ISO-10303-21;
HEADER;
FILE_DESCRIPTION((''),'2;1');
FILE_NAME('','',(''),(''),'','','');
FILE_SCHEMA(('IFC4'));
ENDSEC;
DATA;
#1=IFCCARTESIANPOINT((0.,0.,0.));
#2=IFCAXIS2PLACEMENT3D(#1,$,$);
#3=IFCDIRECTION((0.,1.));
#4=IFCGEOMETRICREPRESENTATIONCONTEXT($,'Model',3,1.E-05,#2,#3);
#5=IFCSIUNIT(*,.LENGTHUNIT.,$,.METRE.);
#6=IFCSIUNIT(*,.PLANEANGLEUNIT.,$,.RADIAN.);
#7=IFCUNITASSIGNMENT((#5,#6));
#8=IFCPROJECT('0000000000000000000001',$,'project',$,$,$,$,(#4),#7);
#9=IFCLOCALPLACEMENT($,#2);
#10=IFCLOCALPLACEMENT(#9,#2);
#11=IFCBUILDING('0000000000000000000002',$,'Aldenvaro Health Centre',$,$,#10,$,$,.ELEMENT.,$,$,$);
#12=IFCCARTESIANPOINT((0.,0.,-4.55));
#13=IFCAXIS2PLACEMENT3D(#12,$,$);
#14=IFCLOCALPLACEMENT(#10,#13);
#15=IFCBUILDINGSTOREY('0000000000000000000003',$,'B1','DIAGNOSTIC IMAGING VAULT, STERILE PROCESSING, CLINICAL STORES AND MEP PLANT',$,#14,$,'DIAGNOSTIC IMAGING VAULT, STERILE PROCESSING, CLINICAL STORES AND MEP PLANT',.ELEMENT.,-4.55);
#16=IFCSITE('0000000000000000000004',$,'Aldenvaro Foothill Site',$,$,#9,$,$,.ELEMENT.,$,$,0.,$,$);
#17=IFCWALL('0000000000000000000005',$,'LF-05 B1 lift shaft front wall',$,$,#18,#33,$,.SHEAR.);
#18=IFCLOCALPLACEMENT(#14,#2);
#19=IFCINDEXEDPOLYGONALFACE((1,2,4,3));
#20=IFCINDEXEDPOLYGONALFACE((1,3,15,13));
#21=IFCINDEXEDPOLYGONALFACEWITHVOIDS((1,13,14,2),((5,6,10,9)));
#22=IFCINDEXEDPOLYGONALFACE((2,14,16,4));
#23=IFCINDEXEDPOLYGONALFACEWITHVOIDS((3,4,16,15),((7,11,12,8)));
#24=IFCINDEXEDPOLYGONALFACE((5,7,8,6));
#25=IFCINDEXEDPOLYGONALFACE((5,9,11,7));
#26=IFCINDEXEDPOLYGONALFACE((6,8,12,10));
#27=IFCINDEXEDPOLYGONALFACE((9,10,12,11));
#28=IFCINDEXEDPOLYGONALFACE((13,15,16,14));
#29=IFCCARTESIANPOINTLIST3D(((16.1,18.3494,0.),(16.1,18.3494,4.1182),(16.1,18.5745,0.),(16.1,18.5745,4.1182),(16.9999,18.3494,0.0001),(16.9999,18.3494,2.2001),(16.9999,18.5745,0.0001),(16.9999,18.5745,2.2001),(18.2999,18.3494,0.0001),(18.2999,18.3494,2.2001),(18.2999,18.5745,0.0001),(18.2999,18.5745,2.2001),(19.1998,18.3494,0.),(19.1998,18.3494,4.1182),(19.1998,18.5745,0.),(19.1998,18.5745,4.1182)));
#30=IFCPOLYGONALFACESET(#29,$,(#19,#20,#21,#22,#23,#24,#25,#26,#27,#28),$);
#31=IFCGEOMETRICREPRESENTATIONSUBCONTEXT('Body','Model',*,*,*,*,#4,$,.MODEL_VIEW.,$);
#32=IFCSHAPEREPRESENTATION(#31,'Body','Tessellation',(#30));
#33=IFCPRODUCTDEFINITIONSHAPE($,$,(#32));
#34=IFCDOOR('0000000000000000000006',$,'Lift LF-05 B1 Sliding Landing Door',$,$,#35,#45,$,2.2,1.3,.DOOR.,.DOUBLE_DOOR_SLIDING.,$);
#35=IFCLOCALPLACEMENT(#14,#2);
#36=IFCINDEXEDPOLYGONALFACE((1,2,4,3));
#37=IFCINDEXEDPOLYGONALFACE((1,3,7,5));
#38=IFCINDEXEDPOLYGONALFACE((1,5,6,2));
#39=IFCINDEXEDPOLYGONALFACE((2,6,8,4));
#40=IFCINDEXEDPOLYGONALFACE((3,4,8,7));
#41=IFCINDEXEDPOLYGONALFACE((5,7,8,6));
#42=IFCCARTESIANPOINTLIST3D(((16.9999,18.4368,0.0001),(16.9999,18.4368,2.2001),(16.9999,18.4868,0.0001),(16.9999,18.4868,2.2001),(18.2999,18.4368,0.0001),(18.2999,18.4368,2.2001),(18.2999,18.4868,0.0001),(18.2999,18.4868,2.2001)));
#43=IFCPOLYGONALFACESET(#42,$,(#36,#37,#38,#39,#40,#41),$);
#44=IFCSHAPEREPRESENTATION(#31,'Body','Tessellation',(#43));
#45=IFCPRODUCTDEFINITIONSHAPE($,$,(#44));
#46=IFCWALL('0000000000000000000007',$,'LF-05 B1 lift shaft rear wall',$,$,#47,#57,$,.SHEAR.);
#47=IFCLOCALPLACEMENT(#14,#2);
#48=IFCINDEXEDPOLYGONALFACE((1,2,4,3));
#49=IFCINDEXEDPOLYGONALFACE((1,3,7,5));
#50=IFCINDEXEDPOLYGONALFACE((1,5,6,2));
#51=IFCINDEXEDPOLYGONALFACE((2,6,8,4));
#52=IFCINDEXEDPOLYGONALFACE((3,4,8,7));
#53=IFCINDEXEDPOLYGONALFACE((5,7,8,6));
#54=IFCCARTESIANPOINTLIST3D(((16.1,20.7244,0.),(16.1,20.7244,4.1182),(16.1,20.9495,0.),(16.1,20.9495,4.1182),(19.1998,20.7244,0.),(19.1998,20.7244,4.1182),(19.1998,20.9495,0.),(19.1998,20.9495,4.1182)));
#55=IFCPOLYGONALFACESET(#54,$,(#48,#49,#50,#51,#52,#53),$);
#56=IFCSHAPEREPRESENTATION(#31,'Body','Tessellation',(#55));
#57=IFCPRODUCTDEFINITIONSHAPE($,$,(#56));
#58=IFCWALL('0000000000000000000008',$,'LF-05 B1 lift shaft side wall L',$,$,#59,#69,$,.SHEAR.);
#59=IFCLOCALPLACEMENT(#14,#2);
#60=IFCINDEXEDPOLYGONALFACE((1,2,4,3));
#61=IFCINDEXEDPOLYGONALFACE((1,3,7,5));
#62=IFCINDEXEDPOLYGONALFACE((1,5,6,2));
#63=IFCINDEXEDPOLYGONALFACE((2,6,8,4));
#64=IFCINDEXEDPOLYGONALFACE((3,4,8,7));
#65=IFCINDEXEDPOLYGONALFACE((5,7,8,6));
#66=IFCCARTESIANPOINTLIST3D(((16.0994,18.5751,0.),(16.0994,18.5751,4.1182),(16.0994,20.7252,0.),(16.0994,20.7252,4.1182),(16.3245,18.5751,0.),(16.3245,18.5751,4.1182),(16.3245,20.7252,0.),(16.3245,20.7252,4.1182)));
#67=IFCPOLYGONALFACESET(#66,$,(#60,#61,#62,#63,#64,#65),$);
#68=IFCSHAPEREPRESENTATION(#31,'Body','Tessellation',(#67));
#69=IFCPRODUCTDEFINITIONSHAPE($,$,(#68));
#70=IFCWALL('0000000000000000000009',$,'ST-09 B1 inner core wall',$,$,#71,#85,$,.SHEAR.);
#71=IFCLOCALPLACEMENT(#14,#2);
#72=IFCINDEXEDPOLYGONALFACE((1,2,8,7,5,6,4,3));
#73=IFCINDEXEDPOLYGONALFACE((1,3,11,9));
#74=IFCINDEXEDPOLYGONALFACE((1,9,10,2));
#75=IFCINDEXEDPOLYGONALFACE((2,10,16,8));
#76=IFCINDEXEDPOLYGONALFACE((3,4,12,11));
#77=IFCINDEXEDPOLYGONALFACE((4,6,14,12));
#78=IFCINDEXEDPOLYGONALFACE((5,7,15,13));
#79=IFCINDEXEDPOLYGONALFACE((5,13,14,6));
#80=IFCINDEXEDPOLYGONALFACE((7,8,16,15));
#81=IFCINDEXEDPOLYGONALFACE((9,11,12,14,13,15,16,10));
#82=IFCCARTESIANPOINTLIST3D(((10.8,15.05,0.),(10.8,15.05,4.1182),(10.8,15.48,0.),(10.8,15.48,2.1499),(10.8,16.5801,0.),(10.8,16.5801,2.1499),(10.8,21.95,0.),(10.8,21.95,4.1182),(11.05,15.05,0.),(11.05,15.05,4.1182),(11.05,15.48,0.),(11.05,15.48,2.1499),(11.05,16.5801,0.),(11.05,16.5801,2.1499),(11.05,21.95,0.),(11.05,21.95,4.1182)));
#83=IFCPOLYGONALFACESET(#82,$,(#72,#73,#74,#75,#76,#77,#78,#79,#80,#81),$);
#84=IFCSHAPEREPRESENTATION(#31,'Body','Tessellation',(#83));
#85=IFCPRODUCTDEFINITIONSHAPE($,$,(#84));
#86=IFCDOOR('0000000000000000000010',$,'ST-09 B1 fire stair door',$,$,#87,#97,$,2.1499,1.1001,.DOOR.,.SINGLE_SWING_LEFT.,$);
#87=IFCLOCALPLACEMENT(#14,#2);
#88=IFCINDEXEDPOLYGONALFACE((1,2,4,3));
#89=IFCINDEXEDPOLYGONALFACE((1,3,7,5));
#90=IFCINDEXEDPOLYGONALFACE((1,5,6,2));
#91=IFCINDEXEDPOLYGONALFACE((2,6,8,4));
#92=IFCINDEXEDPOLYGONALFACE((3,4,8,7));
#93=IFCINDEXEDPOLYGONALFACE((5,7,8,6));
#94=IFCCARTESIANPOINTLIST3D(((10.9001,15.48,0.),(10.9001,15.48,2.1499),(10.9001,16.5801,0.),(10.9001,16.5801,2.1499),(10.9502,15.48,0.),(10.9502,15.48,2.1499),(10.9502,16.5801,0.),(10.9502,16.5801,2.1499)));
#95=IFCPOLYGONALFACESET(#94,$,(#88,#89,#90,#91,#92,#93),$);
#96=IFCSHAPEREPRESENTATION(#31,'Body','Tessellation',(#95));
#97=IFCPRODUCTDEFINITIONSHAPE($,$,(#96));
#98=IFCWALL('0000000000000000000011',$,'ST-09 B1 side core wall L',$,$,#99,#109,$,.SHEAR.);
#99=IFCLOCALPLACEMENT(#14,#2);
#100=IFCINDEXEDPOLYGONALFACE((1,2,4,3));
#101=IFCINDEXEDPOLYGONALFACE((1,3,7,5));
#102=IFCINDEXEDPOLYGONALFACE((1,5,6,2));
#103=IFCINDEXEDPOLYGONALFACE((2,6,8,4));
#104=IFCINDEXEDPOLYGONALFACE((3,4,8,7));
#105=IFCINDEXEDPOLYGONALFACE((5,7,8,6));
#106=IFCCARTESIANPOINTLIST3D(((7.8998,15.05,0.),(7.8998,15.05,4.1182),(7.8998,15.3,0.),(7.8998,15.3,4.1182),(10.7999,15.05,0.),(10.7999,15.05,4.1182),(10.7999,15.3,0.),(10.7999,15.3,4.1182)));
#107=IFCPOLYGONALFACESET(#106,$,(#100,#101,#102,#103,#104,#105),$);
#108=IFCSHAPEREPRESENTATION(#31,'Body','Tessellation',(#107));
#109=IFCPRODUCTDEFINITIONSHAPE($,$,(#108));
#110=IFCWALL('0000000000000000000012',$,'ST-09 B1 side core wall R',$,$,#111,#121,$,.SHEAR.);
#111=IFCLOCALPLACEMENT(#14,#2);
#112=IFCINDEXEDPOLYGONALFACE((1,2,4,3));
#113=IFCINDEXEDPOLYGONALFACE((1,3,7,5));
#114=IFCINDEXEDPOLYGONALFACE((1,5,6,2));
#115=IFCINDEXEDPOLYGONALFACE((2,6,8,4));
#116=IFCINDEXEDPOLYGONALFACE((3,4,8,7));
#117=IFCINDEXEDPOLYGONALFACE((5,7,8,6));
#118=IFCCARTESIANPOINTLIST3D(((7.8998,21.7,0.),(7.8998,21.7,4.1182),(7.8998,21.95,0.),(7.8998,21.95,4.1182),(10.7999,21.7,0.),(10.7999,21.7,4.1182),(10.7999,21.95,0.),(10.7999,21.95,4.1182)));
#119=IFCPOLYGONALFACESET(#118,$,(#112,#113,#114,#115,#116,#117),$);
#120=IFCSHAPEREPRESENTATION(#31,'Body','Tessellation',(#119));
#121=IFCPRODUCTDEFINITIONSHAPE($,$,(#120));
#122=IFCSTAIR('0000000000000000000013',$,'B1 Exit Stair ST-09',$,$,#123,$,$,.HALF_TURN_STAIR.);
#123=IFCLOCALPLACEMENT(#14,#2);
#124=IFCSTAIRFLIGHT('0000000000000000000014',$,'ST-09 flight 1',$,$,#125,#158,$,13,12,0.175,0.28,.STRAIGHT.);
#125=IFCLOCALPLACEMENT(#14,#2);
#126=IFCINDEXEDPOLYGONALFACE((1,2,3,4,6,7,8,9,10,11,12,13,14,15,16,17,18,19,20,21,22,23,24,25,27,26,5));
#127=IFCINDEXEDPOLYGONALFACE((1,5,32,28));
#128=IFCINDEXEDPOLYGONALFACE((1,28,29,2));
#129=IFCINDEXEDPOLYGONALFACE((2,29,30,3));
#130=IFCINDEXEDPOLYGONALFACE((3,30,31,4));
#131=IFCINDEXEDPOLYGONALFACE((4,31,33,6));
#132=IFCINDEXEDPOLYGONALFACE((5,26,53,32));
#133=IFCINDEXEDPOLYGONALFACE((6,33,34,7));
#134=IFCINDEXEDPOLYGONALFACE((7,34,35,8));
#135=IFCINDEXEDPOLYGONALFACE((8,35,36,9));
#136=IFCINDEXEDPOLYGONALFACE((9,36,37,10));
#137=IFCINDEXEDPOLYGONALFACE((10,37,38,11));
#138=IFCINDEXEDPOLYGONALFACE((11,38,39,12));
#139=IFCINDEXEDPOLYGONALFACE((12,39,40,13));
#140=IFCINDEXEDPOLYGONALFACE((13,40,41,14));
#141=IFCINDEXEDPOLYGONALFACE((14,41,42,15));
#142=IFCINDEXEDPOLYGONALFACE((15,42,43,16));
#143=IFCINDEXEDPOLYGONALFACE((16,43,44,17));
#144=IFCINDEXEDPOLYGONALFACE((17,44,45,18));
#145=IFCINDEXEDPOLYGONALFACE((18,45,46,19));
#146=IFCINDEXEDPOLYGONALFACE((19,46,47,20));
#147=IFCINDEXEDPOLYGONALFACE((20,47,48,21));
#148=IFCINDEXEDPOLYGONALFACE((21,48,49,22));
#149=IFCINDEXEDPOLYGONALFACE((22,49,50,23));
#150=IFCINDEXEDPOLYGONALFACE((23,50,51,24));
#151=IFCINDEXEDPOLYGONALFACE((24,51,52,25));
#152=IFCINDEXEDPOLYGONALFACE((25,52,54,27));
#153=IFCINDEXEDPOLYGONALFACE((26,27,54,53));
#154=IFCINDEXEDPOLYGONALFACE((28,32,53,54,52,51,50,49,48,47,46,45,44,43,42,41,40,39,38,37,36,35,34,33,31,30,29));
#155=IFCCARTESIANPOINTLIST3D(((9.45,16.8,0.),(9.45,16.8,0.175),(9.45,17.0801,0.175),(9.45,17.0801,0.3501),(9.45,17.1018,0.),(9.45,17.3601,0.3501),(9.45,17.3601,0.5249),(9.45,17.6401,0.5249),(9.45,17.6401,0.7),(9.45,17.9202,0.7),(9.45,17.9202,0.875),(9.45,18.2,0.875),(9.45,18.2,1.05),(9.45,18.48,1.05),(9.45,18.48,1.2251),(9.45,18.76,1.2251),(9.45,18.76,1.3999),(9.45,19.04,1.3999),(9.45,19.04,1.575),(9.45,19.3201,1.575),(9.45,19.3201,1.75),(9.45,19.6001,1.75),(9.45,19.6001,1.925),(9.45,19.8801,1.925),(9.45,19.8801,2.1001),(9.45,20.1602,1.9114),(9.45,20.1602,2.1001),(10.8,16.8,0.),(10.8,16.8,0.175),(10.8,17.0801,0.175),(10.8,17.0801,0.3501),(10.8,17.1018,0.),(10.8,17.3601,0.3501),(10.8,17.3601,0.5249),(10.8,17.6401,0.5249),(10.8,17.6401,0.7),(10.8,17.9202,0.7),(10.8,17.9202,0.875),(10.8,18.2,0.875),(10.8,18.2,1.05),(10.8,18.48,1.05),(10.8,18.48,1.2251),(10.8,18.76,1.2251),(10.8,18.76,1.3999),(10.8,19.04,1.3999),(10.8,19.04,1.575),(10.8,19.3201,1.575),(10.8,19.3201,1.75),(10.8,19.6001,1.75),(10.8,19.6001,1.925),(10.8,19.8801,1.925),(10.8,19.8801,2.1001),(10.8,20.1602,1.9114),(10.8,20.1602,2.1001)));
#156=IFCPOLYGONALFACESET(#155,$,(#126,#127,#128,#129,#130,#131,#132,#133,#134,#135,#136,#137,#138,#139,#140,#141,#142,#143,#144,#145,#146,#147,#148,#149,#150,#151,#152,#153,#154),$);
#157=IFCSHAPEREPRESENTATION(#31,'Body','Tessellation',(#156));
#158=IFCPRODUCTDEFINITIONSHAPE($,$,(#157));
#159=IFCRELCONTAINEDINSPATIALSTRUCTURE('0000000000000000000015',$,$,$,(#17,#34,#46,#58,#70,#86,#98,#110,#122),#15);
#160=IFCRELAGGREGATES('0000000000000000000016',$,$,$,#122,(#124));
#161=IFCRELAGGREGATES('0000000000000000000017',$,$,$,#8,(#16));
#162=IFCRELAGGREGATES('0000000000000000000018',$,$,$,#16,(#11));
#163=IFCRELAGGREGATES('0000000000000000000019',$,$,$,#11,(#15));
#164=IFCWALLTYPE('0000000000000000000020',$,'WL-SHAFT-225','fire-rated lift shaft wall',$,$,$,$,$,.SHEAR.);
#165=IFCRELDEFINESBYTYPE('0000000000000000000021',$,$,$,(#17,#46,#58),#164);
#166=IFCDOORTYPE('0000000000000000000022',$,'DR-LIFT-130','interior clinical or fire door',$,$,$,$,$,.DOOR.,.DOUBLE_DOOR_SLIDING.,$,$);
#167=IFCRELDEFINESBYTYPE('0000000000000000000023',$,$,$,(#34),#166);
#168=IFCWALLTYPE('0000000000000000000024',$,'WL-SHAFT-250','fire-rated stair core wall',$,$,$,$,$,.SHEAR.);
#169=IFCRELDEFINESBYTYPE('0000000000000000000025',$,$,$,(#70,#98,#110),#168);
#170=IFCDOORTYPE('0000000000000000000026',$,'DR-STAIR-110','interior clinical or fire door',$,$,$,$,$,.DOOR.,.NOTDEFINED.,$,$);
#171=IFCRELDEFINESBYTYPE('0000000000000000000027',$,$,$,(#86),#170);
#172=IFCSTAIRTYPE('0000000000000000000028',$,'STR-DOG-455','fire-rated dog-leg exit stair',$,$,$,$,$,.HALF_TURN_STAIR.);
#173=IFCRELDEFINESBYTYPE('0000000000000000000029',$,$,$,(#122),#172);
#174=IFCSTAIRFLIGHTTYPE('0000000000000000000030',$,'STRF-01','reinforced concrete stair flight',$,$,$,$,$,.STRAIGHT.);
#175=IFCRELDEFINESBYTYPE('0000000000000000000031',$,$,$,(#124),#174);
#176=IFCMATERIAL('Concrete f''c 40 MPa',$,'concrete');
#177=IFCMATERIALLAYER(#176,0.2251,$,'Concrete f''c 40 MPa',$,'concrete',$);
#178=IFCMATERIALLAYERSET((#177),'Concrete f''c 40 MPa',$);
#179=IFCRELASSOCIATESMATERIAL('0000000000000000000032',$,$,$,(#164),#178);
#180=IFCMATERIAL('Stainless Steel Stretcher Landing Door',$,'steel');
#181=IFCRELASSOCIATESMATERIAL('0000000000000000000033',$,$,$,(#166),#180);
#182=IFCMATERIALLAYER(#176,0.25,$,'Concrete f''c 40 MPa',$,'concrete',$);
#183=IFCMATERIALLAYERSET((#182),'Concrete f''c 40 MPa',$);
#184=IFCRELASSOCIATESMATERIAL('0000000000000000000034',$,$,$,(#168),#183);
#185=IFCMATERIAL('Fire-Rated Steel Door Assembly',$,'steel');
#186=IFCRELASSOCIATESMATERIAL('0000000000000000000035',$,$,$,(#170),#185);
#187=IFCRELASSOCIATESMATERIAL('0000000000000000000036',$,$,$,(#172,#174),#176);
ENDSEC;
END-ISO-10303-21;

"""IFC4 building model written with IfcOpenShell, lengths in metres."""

from ifc_helpers import new_model, si_unit, direction, frame, frame_2d, origin, place, context, subcontext, project, spatial, polyline, rectangle, outline, extrude, material, layer, layer_set, type_object, element, fill, aggregate, save


model = new_model("IFC4")

# Units and contexts
model_context = context("Model", 3, precision=1e-05, world=origin(), true_north=direction((0.0, 1.0)))
body_context = subcontext(model_context, "Body", "Model", "MODEL_VIEW")
ifc_project = project(units=[si_unit("LENGTHUNIT", "METRE"), si_unit("PLANEANGLEUNIT", "RADIAN")], contexts=[model_context])

# Site, building, storey
site_placement = place(None, origin())
site = spatial("IfcSite", under=ifc_project, at=site_placement, Name="Aldenvaro Foothill Site", CompositionType="ELEMENT", RefElevation=0.0)
building_placement = place(site_placement, origin())
building = spatial("IfcBuilding", under=site, at=building_placement, Name="Aldenvaro Health Centre", CompositionType="ELEMENT")
storey_placement = place(building_placement, frame((0.0, 0.0, -4.55)))
storey = spatial("IfcBuildingStorey", under=building, at=storey_placement, Name="B1", Description="DIAGNOSTIC IMAGING VAULT, STERILE PROCESSING, CLINICAL STORES AND MEP PLANT", LongName="DIAGNOSTIC IMAGING VAULT, STERILE PROCESSING, CLINICAL STORES AND MEP PLANT", CompositionType="ELEMENT", Elevation=-4.55)

# Shared definitions
ifc_material_1 = material(Name="Concrete f'c 40 MPa", Category="concrete")

# Wall, opening, door
ifc_layer_1 = layer(ifc_material_1, 0.2251, Name="Concrete f'c 40 MPa", Category="concrete")
ifc_layer_set_1 = layer_set([ifc_layer_1], Name="Concrete f'c 40 MPa")
wall_type_1 = type_object("IfcWallType", Name="WL-SHAFT-225", Description="fire-rated lift shaft wall", PredefinedType="SHEAR", material=ifc_layer_set_1)
wall_1_placement = place(storey_placement, frame((16.1001, 18.4619, 0.0), z_axis=(0.0, 0.0, 1.0), x_axis=(1.0, 0.0, 0.0)))
wall_1 = element("IfcWall", 1, at=wall_1_placement, inside=storey, type_object=wall_type_1, Name="LF-05 B1 lift shaft front wall", PredefinedType="SHEAR", context=body_context, shape_type="SweptSolid", body=[
    extrude(rectangle(XDim=3.0999, YDim=0.2251, at=frame_2d((1.5498, 0.0))), origin(), (0.0, 0.0, 1.0), 4.1182),
])
opening_1_placement = place(wall_1_placement, frame((0.8999, 0.0, 0.0)))
opening_1 = element("IfcOpeningElement", 2, at=opening_1_placement, cuts=wall_1, PredefinedType="OPENING", context=body_context, shape_type="SweptSolid", body=[
    extrude(rectangle(XDim=1.3, YDim=2.2, at=frame_2d((0.6499, 1.1001))), frame((0.0, 0.1226, 0.0), z_axis=(0.0, -1.0, 0.0), x_axis=(1.0, 0.0, 0.0)), (0.0, 0.0, 1.0), 0.2451),
])
ifc_material_2 = material(Name="Stainless Steel Stretcher Landing Door", Category="steel")
door_type_1 = type_object("IfcDoorType", Name="DR-LIFT-130", Description="interior clinical or fire door", OperationType="DOUBLE_DOOR_SLIDING", PredefinedType="DOOR", material=ifc_material_2)
door_1_placement = place(opening_1_placement, origin())
door_1 = element("IfcDoor", 3, at=door_1_placement, inside=storey, type_object=door_type_1, Name="Lift LF-05 B1 Sliding Landing Door", OperationType="DOUBLE_DOOR_SLIDING", OverallHeight=2.2, OverallWidth=1.3, PredefinedType="DOOR", context=body_context, shape_type="SweptSolid", body=[
    extrude(rectangle(XDim=1.3, YDim=2.2, at=frame_2d((0.6499, 1.1001))), frame((0.0, 0.0249, 0.0), z_axis=(0.0, -1.0, 0.0), x_axis=(1.0, 0.0, 0.0)), (0.0, 0.0, 1.0), 0.05),
])
fill(opening_1, door_1)

# Walls
wall_2_placement = place(storey_placement, frame((16.1001, 20.8369, 0.0), z_axis=(0.0, 0.0, 1.0), x_axis=(1.0, 0.0, 0.0)))
element("IfcWall", 4, at=wall_2_placement, inside=storey, type_object=wall_type_1, Name="LF-05 B1 lift shaft rear wall", PredefinedType="SHEAR", context=body_context, shape_type="SweptSolid", body=[
    extrude(rectangle(XDim=3.0999, YDim=0.2251, at=frame_2d((1.5498, 0.0))), origin(), (0.0, 0.0, 1.0), 4.1182),
])
wall_3_placement = place(storey_placement, frame((16.2119, 18.575, 0.0), z_axis=(0.0, 0.0, 1.0), x_axis=(0.0, 1.0, 0.0)))
element("IfcWall", 5, at=wall_3_placement, inside=storey, type_object=wall_type_1, Name="LF-05 B1 lift shaft side wall L", PredefinedType="SHEAR", context=body_context, shape_type="SweptSolid", body=[
    extrude(rectangle(XDim=2.1501, YDim=0.2251, at=frame_2d((1.0752, 0.0))), origin(), (0.0, 0.0, 1.0), 4.1182),
])

# Wall, opening, door
ifc_layer_2 = layer(ifc_material_1, 0.25, Name="Concrete f'c 40 MPa", Category="concrete")
ifc_layer_set_2 = layer_set([ifc_layer_2], Name="Concrete f'c 40 MPa")
wall_type_2 = type_object("IfcWallType", Name="WL-SHAFT-250", Description="fire-rated stair core wall", PredefinedType="SHEAR", material=ifc_layer_set_2)
wall_4_placement = place(storey_placement, frame((10.925, 15.05, 0.0), z_axis=(0.0, 0.0, 1.0), x_axis=(0.0, 1.0, 0.0)))
wall_4 = element("IfcWall", 6, at=wall_4_placement, inside=storey, type_object=wall_type_2, Name="ST-09 B1 inner core wall", PredefinedType="SHEAR", context=body_context, shape_type="SweptSolid", body=[
    extrude(rectangle(XDim=6.8999, YDim=0.25, at=frame_2d((3.45, 0.0))), origin(), (0.0, 0.0, 1.0), 4.1182),
])
opening_2_placement = place(wall_4_placement, frame((0.4299, 0.0, 0.0)))
opening_2 = element("IfcOpeningElement", 7, at=opening_2_placement, cuts=wall_4, PredefinedType="OPENING", context=body_context, shape_type="SweptSolid", body=[
    extrude(rectangle(XDim=1.1001, YDim=2.1499, at=frame_2d((0.55, 1.075))), frame((0.0, 0.135, 0.0), z_axis=(0.0, -1.0, 0.0), x_axis=(1.0, 0.0, 0.0)), (0.0, 0.0, 1.0), 0.27),
])
ifc_material_3 = material(Name="Fire-Rated Steel Door Assembly", Category="steel")
door_type_2 = type_object("IfcDoorType", Name="DR-STAIR-110", Description="interior clinical or fire door", OperationType="NOTDEFINED", PredefinedType="DOOR", material=ifc_material_3)
door_2_placement = place(opening_2_placement, origin())
door_2 = element("IfcDoor", 8, at=door_2_placement, inside=storey, type_object=door_type_2, Name="ST-09 B1 fire stair door", OperationType="SINGLE_SWING_LEFT", OverallHeight=2.1499, OverallWidth=1.1001, PredefinedType="DOOR", context=body_context, shape_type="SweptSolid", body=[
    extrude(rectangle(XDim=1.1001, YDim=2.1499, at=frame_2d((0.55, 1.075))), frame((0.0, 0.0249, 0.0), z_axis=(0.0, -1.0, 0.0), x_axis=(1.0, 0.0, 0.0)), (0.0, 0.0, 1.0), 0.05),
])
fill(opening_2, door_2)

# Walls
for number, where, z_axis, x_axis, name in (
    (9, (10.8, 15.175, 0.0), (0.0, 0.0, 1.0), (-1.0, 0.0, 0.0), "ST-09 B1 side core wall L"),
    (10, (10.8, 21.825, 0.0), (0.0, 0.0, 1.0), (-1.0, 0.0, 0.0), "ST-09 B1 side core wall R"),
):
    element("IfcWall", number, at=place(storey_placement, frame(where, z_axis=z_axis, x_axis=x_axis)), inside=storey, type_object=wall_type_2, Name=name, PredefinedType="SHEAR", context=body_context, shape_type="SweptSolid", body=[
        extrude(rectangle(XDim=2.9001, YDim=0.25, at=frame_2d((1.4502, 0.0))), origin(), (0.0, 0.0, 1.0), 4.1182),
    ])

# Stair, stair flight
stair_type = type_object("IfcStairType", Name="STR-DOG-455", Description="fire-rated dog-leg exit stair", PredefinedType="HALF_TURN_STAIR", material=ifc_material_1)
stair_placement = place(storey_placement, origin())
stair = element("IfcStair", 11, at=stair_placement, inside=storey, type_object=stair_type, Name="B1 Exit Stair ST-09", PredefinedType="HALF_TURN_STAIR")
stair_flight_type = type_object("IfcStairFlightType", Name="STRF-01", Description="reinforced concrete stair flight", PredefinedType="STRAIGHT", material=ifc_material_1)
stair_flight_placement = place(storey_placement, frame((10.125, 16.8, 0.0), z_axis=(0.0, 0.0, 1.0), x_axis=(0.0, 1.0, 0.0)))
stair_flight = element("IfcStairFlight", 12, at=stair_flight_placement, type_object=stair_flight_type, Name="ST-09 flight 1", NumberOfRisers=13, NumberOfTreads=12, PredefinedType="STRAIGHT", RiserHeight=0.175, TreadLength=0.28, context=body_context, shape_type="SweptSolid", body=[
    extrude(outline(polyline([(0.0, 0.0), (0.0, 0.175), (0.28, 0.175), (0.28, 0.3501), (0.5601, 0.3501), (0.5601, 0.5249), (0.8401, 0.5249), (0.8401, 0.7), (1.1201, 0.7), (1.1201, 0.875), (1.3999, 0.875), (1.3999, 1.05), (1.6799, 1.05), (1.6799, 1.2251), (1.96, 1.2251), (1.96, 1.3999), (2.24, 1.3999), (2.24, 1.575), (2.52, 1.575), (2.52, 1.75), (2.8, 1.75), (2.8, 1.925), (3.0801, 1.925), (3.0801, 2.1001), (3.3601, 2.1001), (3.3601, 2.2749), (3.3601, 1.9114), (0.3018, 0.0), (0.0, 0.0)])), frame((0.0, 0.675, 0.0), z_axis=(0.0, -1.0, 0.0), x_axis=(1.0, 0.0, 0.0)), (0.0, 0.0, 1.0), 1.3501),
])
aggregate(stair, [stair_flight])

save(model, "model.ifc")
